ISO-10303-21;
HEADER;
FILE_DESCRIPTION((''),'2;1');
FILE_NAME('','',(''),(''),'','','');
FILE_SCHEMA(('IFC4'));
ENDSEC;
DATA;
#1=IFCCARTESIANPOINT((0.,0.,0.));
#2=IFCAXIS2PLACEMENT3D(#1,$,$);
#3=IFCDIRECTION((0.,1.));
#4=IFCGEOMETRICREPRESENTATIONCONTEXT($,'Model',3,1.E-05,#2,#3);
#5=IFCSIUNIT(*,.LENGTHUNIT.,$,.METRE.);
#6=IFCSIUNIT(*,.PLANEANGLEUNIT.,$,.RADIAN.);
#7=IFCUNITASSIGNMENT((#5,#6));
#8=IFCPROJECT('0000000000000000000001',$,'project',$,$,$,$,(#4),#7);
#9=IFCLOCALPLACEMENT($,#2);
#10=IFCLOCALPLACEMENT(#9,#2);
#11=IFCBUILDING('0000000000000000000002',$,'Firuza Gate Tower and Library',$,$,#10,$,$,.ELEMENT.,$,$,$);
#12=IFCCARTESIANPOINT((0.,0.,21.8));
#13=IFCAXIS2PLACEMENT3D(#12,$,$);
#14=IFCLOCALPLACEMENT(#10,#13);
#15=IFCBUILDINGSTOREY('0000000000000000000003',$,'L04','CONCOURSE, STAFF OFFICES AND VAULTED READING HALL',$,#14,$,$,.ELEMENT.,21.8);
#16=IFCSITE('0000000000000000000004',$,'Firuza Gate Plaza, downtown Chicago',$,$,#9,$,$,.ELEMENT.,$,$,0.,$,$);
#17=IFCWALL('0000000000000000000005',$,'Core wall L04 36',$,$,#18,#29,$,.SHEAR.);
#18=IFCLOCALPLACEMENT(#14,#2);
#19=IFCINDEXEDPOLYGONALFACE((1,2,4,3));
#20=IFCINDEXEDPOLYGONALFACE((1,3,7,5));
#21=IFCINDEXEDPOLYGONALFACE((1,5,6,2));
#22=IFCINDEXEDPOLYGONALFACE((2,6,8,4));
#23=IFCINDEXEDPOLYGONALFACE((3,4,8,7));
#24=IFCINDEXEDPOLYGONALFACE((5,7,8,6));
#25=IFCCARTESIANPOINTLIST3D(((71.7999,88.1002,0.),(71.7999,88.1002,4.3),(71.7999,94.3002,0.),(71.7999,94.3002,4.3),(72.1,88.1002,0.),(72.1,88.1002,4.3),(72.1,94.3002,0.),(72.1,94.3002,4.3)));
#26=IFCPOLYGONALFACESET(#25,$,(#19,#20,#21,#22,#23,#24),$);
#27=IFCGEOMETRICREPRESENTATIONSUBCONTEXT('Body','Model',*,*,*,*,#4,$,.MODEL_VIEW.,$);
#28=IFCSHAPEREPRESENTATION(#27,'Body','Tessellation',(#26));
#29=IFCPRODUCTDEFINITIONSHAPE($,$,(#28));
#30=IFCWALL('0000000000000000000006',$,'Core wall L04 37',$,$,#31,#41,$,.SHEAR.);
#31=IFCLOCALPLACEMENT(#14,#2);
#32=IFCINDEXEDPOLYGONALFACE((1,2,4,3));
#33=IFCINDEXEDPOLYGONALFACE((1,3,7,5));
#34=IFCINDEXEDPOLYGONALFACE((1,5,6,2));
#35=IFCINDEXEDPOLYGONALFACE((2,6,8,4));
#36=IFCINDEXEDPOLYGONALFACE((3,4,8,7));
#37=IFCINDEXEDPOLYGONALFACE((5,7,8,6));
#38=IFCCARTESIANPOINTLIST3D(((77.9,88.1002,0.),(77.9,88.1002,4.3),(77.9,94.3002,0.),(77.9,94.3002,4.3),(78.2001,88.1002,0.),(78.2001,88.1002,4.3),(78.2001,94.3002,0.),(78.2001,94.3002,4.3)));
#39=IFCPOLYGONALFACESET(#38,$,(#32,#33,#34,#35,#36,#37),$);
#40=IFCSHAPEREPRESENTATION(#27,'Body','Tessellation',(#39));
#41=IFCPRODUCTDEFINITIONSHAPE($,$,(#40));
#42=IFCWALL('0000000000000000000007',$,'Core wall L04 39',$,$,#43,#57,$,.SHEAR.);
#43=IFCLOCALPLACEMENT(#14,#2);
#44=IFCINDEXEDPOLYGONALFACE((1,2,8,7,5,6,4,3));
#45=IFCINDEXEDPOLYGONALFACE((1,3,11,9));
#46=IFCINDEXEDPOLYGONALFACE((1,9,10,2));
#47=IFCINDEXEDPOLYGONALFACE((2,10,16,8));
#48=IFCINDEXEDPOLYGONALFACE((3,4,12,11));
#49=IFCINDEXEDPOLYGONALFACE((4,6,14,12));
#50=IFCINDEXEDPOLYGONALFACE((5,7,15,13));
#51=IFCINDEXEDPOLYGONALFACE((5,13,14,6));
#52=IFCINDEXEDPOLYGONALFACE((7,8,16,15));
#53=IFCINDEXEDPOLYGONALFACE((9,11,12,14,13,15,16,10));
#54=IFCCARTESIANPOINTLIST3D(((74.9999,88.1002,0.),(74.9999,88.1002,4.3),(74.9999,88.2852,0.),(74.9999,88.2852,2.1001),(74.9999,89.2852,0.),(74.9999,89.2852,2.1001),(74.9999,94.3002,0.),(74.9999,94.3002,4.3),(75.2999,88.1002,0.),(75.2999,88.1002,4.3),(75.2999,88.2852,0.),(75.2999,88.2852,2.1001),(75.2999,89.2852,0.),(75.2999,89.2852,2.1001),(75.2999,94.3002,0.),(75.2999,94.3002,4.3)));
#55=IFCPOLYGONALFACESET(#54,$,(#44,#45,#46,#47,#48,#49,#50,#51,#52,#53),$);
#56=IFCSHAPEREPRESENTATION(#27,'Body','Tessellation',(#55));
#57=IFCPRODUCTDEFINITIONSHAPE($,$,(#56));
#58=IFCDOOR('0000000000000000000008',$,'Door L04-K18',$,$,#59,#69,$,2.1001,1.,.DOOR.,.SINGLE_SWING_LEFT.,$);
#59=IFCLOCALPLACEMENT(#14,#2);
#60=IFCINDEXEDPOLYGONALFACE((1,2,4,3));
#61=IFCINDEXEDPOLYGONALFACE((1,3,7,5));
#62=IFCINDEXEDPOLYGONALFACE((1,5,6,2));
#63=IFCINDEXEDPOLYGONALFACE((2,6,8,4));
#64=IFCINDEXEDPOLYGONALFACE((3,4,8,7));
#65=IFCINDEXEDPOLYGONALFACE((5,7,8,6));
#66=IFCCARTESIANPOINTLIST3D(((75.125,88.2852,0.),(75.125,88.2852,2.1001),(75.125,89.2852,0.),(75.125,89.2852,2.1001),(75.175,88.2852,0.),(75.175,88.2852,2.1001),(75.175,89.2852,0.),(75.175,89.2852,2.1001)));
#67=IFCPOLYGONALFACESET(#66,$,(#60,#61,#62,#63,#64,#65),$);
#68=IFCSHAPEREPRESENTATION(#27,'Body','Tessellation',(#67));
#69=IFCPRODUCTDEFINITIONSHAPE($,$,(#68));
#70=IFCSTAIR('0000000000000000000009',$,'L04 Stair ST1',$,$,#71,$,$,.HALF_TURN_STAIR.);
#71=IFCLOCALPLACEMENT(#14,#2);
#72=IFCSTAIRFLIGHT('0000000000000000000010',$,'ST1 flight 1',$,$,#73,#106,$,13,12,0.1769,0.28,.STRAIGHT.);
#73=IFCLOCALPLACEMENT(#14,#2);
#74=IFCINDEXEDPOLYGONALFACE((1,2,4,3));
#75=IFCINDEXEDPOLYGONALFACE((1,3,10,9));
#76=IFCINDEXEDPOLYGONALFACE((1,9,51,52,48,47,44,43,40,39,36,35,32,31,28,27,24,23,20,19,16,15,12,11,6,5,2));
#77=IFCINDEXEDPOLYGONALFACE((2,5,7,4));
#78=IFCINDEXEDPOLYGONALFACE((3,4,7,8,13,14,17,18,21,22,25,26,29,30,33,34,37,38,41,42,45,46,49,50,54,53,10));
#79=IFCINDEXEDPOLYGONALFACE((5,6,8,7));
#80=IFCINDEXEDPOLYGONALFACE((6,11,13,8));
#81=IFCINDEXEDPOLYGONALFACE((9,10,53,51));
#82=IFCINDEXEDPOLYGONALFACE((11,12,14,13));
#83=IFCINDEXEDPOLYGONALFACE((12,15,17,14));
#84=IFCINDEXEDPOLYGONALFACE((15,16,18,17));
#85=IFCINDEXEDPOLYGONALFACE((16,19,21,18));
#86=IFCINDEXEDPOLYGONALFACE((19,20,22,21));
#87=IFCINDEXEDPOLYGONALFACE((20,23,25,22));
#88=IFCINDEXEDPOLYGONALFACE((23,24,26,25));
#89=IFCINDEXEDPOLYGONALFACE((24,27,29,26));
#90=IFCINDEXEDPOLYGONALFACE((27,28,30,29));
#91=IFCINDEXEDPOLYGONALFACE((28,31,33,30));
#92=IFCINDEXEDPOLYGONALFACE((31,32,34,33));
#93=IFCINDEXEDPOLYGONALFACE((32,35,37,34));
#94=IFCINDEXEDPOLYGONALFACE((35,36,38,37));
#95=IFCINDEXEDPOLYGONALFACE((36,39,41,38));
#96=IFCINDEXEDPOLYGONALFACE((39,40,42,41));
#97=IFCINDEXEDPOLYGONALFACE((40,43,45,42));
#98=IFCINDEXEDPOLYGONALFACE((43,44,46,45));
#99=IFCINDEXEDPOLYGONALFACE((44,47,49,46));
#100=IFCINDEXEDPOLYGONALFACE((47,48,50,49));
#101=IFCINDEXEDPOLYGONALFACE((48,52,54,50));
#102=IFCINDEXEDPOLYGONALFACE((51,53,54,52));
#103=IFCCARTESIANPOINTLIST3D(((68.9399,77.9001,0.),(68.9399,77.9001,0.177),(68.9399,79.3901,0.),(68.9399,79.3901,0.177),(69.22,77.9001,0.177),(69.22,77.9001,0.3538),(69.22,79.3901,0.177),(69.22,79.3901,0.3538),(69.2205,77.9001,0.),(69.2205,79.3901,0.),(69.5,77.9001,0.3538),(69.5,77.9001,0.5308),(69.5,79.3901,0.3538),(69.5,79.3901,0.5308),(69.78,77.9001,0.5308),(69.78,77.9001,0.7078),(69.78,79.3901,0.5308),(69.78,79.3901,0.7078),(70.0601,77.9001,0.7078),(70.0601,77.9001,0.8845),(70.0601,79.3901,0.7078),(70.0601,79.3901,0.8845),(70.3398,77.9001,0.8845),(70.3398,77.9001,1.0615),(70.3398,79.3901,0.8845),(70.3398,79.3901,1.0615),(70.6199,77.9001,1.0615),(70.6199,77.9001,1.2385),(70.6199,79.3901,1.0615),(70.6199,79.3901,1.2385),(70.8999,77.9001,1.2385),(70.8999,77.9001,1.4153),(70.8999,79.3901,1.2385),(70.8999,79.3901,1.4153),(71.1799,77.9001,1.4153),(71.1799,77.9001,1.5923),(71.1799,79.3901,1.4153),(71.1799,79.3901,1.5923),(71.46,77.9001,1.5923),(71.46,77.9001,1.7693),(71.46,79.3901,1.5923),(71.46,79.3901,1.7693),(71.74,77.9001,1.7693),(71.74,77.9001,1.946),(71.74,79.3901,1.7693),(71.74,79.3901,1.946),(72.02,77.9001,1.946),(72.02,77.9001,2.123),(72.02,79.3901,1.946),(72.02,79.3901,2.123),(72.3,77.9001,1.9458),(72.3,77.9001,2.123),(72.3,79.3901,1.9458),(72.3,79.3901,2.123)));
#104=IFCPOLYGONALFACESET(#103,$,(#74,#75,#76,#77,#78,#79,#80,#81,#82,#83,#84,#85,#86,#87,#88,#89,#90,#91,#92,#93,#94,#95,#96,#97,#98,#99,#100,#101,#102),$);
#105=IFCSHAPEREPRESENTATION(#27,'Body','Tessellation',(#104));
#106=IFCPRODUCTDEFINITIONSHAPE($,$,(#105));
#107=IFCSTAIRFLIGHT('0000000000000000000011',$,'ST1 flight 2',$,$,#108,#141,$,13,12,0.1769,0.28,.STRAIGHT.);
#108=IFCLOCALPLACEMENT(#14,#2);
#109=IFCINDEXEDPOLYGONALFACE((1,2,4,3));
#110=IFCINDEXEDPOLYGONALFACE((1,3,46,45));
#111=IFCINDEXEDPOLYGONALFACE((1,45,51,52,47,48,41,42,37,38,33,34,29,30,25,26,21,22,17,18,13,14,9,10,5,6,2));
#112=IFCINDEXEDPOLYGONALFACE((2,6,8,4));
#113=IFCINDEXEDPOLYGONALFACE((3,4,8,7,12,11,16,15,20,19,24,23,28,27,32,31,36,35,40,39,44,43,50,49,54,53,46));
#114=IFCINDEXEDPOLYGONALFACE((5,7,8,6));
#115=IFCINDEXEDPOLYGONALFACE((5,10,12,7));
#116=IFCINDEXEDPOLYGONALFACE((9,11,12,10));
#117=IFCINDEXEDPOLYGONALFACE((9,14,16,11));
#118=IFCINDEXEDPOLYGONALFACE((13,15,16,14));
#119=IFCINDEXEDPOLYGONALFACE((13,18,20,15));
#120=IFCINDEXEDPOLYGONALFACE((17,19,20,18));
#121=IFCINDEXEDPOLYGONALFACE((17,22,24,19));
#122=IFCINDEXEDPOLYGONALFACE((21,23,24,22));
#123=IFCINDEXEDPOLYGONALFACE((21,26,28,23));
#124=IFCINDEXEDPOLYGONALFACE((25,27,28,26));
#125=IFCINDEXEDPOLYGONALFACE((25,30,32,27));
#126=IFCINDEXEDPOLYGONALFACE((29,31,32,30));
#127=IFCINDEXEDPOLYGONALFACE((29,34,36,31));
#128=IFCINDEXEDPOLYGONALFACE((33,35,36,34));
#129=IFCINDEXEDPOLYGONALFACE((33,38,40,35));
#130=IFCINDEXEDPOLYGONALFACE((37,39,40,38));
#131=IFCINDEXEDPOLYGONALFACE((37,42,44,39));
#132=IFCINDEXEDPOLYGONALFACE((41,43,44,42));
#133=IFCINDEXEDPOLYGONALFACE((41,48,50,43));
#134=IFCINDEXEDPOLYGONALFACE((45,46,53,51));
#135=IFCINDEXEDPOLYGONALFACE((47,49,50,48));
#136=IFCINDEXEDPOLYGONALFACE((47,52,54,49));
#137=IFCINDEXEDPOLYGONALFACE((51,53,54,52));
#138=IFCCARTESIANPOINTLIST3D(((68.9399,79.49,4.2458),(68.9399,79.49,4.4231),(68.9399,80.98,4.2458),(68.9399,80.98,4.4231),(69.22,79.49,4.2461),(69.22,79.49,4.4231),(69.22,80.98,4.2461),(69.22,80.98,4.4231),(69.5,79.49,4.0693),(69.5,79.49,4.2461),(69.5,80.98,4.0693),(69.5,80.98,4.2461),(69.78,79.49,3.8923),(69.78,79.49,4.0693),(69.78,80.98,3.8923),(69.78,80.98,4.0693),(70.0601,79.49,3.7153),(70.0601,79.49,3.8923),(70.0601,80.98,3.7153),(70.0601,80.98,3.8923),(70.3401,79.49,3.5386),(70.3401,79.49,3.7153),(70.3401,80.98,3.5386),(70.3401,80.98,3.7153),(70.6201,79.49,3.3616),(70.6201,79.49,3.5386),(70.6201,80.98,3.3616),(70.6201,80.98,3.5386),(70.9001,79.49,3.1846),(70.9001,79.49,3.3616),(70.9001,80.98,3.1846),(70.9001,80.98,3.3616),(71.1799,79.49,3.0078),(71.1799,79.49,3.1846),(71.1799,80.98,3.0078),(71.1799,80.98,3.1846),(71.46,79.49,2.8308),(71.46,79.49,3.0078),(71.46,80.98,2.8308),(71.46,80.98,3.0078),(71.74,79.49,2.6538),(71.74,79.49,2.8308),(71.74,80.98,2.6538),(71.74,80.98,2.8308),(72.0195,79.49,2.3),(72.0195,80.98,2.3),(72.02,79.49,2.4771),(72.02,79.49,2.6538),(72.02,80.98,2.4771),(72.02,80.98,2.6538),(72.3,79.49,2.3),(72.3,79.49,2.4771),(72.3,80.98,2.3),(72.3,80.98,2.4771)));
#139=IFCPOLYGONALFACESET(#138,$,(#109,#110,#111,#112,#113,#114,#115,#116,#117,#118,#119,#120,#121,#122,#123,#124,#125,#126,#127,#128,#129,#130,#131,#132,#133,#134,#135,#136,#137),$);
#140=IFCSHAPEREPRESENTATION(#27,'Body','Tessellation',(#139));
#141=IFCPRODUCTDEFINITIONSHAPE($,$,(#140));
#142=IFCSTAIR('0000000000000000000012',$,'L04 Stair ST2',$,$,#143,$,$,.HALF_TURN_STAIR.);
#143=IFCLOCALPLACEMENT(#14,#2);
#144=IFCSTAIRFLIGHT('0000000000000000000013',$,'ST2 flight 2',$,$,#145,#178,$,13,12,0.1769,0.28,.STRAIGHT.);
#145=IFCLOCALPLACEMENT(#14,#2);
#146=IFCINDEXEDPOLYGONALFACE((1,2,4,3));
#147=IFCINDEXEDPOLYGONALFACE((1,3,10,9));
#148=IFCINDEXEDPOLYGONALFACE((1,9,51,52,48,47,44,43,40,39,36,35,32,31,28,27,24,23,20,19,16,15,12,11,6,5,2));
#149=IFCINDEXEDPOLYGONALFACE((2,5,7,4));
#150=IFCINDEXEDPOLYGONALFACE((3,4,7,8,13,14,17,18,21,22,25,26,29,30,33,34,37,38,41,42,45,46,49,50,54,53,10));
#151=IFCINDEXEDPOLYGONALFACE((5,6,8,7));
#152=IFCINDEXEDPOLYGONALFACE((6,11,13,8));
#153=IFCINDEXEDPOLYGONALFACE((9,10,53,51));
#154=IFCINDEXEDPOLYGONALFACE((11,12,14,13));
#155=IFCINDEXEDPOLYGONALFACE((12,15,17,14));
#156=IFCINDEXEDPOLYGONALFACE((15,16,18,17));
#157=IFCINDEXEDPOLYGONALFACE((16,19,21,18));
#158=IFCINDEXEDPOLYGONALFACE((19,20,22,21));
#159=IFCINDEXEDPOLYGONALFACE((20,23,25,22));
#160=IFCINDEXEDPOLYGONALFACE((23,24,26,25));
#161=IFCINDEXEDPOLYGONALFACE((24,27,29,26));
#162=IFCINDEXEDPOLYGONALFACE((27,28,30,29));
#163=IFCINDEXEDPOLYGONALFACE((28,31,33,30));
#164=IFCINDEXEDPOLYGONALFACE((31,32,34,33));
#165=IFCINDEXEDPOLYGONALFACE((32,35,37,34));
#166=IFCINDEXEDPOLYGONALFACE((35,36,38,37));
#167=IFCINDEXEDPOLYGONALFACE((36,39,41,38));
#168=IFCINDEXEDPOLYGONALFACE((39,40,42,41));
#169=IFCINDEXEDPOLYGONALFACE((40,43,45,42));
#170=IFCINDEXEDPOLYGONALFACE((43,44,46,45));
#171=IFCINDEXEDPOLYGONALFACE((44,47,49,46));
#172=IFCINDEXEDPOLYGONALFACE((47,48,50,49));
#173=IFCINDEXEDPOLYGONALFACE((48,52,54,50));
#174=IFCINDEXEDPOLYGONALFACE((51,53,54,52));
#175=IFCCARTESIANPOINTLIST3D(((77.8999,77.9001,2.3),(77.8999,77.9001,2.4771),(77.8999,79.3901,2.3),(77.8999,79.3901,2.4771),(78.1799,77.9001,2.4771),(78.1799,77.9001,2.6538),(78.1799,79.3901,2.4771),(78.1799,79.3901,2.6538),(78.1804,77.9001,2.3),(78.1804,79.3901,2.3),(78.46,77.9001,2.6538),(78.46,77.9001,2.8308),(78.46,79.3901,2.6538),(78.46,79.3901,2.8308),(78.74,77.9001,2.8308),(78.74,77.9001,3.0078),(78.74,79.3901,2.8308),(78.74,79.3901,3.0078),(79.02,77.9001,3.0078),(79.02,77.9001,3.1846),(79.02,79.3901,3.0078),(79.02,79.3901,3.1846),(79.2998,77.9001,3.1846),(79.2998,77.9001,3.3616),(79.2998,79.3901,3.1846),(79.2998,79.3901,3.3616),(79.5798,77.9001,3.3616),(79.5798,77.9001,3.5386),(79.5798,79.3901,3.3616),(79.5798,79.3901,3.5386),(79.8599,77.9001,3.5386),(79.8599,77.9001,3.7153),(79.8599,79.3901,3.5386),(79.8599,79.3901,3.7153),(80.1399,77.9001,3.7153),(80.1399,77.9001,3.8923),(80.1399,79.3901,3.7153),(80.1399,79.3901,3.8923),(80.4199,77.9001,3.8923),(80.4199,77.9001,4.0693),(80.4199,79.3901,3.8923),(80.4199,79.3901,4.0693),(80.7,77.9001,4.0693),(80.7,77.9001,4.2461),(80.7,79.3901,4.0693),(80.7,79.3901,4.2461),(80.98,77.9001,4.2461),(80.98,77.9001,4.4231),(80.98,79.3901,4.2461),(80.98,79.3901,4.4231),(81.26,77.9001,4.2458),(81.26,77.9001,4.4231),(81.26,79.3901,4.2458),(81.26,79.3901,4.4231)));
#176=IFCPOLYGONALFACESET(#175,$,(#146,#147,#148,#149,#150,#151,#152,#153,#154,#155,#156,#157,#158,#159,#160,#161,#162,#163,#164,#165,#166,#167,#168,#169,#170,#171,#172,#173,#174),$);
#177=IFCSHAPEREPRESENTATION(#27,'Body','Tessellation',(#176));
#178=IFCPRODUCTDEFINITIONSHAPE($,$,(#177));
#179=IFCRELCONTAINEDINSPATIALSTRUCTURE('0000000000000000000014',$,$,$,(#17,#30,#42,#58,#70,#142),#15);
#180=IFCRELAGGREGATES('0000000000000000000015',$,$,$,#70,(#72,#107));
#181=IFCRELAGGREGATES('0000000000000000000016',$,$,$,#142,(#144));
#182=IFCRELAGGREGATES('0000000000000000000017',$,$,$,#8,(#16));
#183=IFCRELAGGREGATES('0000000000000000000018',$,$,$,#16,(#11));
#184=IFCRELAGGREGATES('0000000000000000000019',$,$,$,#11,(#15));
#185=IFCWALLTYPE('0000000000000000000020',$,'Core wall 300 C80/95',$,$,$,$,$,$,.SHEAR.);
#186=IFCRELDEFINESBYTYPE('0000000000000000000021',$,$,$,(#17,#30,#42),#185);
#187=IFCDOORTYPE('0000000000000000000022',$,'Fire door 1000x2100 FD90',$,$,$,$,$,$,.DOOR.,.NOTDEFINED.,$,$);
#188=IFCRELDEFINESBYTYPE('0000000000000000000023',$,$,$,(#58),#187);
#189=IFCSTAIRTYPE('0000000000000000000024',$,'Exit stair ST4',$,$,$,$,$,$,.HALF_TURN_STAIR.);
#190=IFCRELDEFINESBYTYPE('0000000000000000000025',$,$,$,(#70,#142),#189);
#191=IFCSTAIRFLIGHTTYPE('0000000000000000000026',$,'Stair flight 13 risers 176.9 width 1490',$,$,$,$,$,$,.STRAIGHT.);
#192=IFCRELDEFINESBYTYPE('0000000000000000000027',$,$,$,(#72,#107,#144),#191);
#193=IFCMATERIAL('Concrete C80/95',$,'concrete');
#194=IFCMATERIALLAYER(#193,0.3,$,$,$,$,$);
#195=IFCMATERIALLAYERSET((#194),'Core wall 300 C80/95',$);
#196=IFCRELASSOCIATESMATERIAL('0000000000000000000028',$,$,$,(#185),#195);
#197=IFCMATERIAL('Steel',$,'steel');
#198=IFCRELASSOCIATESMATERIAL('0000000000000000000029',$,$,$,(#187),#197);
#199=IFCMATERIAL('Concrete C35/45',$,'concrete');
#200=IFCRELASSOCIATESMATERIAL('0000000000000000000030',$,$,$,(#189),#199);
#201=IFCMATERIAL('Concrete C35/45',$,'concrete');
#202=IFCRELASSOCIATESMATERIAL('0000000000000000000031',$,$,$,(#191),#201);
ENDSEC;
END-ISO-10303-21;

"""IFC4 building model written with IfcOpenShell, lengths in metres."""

from ifc_helpers import new_model, si_unit, direction, frame, frame_2d, origin, place, context, subcontext, project, spatial, polyline, rectangle, outline, extrude, material, layer, layer_set, type_object, element, fill, aggregate, save


model = new_model("IFC4")

# Units and contexts
model_context = context("Model", 3, precision=1e-05, world=origin(), true_north=direction((0.0, 1.0)))
body_context = subcontext(model_context, "Body", "Model", "MODEL_VIEW")
ifc_project = project(units=[si_unit("LENGTHUNIT", "METRE"), si_unit("PLANEANGLEUNIT", "RADIAN")], contexts=[model_context])

# Site, building, storey
site_placement = place(None, origin())
site = spatial("IfcSite", under=ifc_project, at=site_placement, Name="Firuza Gate Plaza, downtown Chicago", CompositionType="ELEMENT", RefElevation=0.0)
building_placement = place(site_placement, origin())
building = spatial("IfcBuilding", under=site, at=building_placement, Name="Firuza Gate Tower and Library", CompositionType="ELEMENT")
storey_placement = place(building_placement, frame((0.0, 0.0, 21.8)))
storey = spatial("IfcBuildingStorey", under=building, at=storey_placement, Name="L04", Description="CONCOURSE, STAFF OFFICES AND VAULTED READING HALL", CompositionType="ELEMENT", Elevation=21.8)

# Shared definitions
ifc_material_1 = material(Name="Concrete C80/95", Category="concrete")
ifc_layer_1 = layer(ifc_material_1, 0.3)
ifc_layer_set_1 = layer_set([ifc_layer_1], Name="Core wall 300 C80/95")
wall_type_1 = type_object("IfcWallType", Name="Core wall 300 C80/95", PredefinedType="SHEAR", material=ifc_layer_set_1)
ifc_material_2 = material(Name="Steel", Category="steel")
door_type_1 = type_object("IfcDoorType", Name="Fire door 1000x2100 FD90", OperationType="NOTDEFINED", PredefinedType="DOOR", material=ifc_material_2)

# Walls
for number, where, z_axis, x_axis, name in (
    (1, (71.95, 88.1001, 0.0), (0.0, 0.0, 1.0), (0.0, 1.0, 0.0), "Core wall L04 36"),
    (2, (78.05, 88.1001, 0.0), (0.0, 0.0, 1.0), (0.0, 1.0, 0.0), "Core wall L04 37"),
):
    element("IfcWall", number, at=place(storey_placement, frame(where, z_axis=z_axis, x_axis=x_axis)), inside=storey, type_object=wall_type_1, Name=name, PredefinedType="SHEAR", context=body_context, shape_type="SweptSolid", body=[
        extrude(rectangle(XDim=6.2, YDim=0.3, at=frame_2d((3.1001, 0.0))), origin(), (0.0, 0.0, 1.0), 4.3),
    ])

# Wall, opening, door
wall_1_placement = place(storey_placement, frame((75.1499, 88.1001, 0.0), z_axis=(0.0, 0.0, 1.0), x_axis=(0.0, 1.0, 0.0)))
wall_1 = element("IfcWall", 3, at=wall_1_placement, inside=storey, type_object=wall_type_1, Name="Core wall L04 39", PredefinedType="SHEAR", context=body_context, shape_type="SweptSolid", body=[
    extrude(rectangle(XDim=6.2, YDim=0.3, at=frame_2d((3.1001, 0.0))), origin(), (0.0, 0.0, 1.0), 4.3),
])
opening_1_placement = place(wall_1_placement, frame((0.1851, 0.0, 0.0)))
opening_1 = element("IfcOpeningElement", 4, at=opening_1_placement, cuts=wall_1, PredefinedType="OPENING", context=body_context, shape_type="SweptSolid", body=[
    extrude(rectangle(XDim=1.0, YDim=2.1001, at=frame_2d((0.5, 1.05))), frame((0.0, 0.1602, 0.0), z_axis=(0.0, -1.0, 0.0), x_axis=(1.0, 0.0, 0.0)), (0.0, 0.0, 1.0), 0.3201),
])
door_1_placement = place(opening_1_placement, origin())
door_1 = element("IfcDoor", 5, at=door_1_placement, inside=storey, type_object=door_type_1, Name="Door L04-K18", OperationType="SINGLE_SWING_LEFT", OverallHeight=2.1001, OverallWidth=1.0, PredefinedType="DOOR", context=body_context, shape_type="SweptSolid", body=[
    extrude(rectangle(XDim=1.0, YDim=2.1001, at=frame_2d((0.5, 1.05))), frame((0.0, 0.0249, 0.0), z_axis=(0.0, -1.0, 0.0), x_axis=(1.0, 0.0, 0.0)), (0.0, 0.0, 1.0), 0.05),
])
fill(opening_1, door_1)

# Stair, stair flights
ifc_material_3 = material(Name="Concrete C35/45", Category="concrete")
stair_type = type_object("IfcStairType", Name="Exit stair ST4", PredefinedType="HALF_TURN_STAIR", material=ifc_material_3)
placement = place(storey_placement, origin())
stair_1 = element("IfcStair", 6, at=placement, inside=storey, type_object=stair_type, Name="L04 Stair ST1", PredefinedType="HALF_TURN_STAIR")
ifc_material_4 = material(Name="Concrete C35/45", Category="concrete")
stair_flight_type = type_object("IfcStairFlightType", Name="Stair flight 13 risers 176.9 width 1490", PredefinedType="STRAIGHT", material=ifc_material_4)
stair_flight_1_placement = place(storey_placement, frame((68.9399, 78.645, 0.0), z_axis=(0.0, 0.0, 1.0), x_axis=(1.0, 0.0, 0.0)))
stair_flight_1 = element("IfcStairFlight", 7, at=stair_flight_1_placement, type_object=stair_flight_type, Name="ST1 flight 1", NumberOfRisers=13, NumberOfTreads=12, PredefinedType="STRAIGHT", RiserHeight=0.1769, TreadLength=0.28, context=body_context, shape_type="SweptSolid", body=[
    extrude(outline(polyline([(0.0, 0.0), (0.0, 0.177), (0.28, 0.177), (0.28, 0.3538), (0.5601, 0.3538), (0.5601, 0.5308), (0.8401, 0.5308), (0.8401, 0.7078), (1.1201, 0.7078), (1.1201, 0.8845), (1.3999, 0.8845), (1.3999, 1.0615), (1.6799, 1.0615), (1.6799, 1.2385), (1.96, 1.2385), (1.96, 1.4153), (2.24, 1.4153), (2.24, 1.5923), (2.52, 1.5923), (2.52, 1.7693), (2.8, 1.7693), (2.8, 1.946), (3.0801, 1.946), (3.0801, 2.123), (3.3601, 2.123), (3.3601, 2.3), (3.3601, 1.9458), (0.2805, 0.0), (0.0, 0.0)])), frame((0.0, 0.7451, 0.0), z_axis=(0.0, -1.0, 0.0), x_axis=(1.0, 0.0, 0.0)), (0.0, 0.0, 1.0), 1.49),
])
stair_flight_2_placement = place(storey_placement, frame((72.3, 80.2351, 2.3), z_axis=(0.0, 0.0, 1.0), x_axis=(-1.0, 0.0, 0.0)))
stair_flight_2 = element("IfcStairFlight", 8, at=stair_flight_2_placement, type_object=stair_flight_type, Name="ST1 flight 2", NumberOfRisers=13, NumberOfTreads=12, PredefinedType="STRAIGHT", RiserHeight=0.1769, TreadLength=0.28, context=body_context, shape_type="SweptSolid", body=[
    extrude(outline(polyline([(0.0, 0.0), (0.0, 0.177), (0.28, 0.177), (0.28, 0.3538), (0.5601, 0.3538), (0.5601, 0.5308), (0.8401, 0.5308), (0.8401, 0.7078), (1.1201, 0.7078), (1.1201, 0.8845), (1.3999, 0.8845), (1.3999, 1.0615), (1.6799, 1.0615), (1.6799, 1.2385), (1.96, 1.2385), (1.96, 1.4153), (2.24, 1.4153), (2.24, 1.5923), (2.52, 1.5923), (2.52, 1.7693), (2.8, 1.7693), (2.8, 1.946), (3.0801, 1.946), (3.0801, 2.123), (3.3601, 2.123), (3.3601, 2.3), (3.3601, 1.9458), (0.2805, 0.0), (0.0, 0.0)])), frame((0.0, 0.7451, 0.0), z_axis=(0.0, -1.0, 0.0), x_axis=(1.0, 0.0, 0.0)), (0.0, 0.0, 1.0), 1.49),
])
aggregate(stair_1, [stair_flight_1, stair_flight_2])

# Stair, stair flight
stair_2 = element("IfcStair", 9, at=placement, inside=storey, type_object=stair_type, Name="L04 Stair ST2", PredefinedType="HALF_TURN_STAIR")
stair_flight_3_placement = place(storey_placement, frame((77.8999, 78.645, 2.3), z_axis=(0.0, 0.0, 1.0), x_axis=(1.0, 0.0, 0.0)))
stair_flight_3 = element("IfcStairFlight", 10, at=stair_flight_3_placement, type_object=stair_flight_type, Name="ST2 flight 2", NumberOfRisers=13, NumberOfTreads=12, PredefinedType="STRAIGHT", RiserHeight=0.1769, TreadLength=0.28, context=body_context, shape_type="SweptSolid", body=[
    extrude(outline(polyline([(0.0, 0.0), (0.0, 0.177), (0.28, 0.177), (0.28, 0.3538), (0.5601, 0.3538), (0.5601, 0.5308), (0.8401, 0.5308), (0.8401, 0.7078), (1.1201, 0.7078), (1.1201, 0.8845), (1.3999, 0.8845), (1.3999, 1.0615), (1.6799, 1.0615), (1.6799, 1.2385), (1.96, 1.2385), (1.96, 1.4153), (2.24, 1.4153), (2.24, 1.5923), (2.52, 1.5923), (2.52, 1.7693), (2.8, 1.7693), (2.8, 1.946), (3.0801, 1.946), (3.0801, 2.123), (3.3601, 2.123), (3.3601, 2.3), (3.3601, 1.9458), (0.2805, 0.0), (0.0, 0.0)])), frame((0.0, 0.7451, 0.0), z_axis=(0.0, -1.0, 0.0), x_axis=(1.0, 0.0, 0.0)), (0.0, 0.0, 1.0), 1.49),
])
aggregate(stair_2, [stair_flight_3])

save(model, "model.ifc")
